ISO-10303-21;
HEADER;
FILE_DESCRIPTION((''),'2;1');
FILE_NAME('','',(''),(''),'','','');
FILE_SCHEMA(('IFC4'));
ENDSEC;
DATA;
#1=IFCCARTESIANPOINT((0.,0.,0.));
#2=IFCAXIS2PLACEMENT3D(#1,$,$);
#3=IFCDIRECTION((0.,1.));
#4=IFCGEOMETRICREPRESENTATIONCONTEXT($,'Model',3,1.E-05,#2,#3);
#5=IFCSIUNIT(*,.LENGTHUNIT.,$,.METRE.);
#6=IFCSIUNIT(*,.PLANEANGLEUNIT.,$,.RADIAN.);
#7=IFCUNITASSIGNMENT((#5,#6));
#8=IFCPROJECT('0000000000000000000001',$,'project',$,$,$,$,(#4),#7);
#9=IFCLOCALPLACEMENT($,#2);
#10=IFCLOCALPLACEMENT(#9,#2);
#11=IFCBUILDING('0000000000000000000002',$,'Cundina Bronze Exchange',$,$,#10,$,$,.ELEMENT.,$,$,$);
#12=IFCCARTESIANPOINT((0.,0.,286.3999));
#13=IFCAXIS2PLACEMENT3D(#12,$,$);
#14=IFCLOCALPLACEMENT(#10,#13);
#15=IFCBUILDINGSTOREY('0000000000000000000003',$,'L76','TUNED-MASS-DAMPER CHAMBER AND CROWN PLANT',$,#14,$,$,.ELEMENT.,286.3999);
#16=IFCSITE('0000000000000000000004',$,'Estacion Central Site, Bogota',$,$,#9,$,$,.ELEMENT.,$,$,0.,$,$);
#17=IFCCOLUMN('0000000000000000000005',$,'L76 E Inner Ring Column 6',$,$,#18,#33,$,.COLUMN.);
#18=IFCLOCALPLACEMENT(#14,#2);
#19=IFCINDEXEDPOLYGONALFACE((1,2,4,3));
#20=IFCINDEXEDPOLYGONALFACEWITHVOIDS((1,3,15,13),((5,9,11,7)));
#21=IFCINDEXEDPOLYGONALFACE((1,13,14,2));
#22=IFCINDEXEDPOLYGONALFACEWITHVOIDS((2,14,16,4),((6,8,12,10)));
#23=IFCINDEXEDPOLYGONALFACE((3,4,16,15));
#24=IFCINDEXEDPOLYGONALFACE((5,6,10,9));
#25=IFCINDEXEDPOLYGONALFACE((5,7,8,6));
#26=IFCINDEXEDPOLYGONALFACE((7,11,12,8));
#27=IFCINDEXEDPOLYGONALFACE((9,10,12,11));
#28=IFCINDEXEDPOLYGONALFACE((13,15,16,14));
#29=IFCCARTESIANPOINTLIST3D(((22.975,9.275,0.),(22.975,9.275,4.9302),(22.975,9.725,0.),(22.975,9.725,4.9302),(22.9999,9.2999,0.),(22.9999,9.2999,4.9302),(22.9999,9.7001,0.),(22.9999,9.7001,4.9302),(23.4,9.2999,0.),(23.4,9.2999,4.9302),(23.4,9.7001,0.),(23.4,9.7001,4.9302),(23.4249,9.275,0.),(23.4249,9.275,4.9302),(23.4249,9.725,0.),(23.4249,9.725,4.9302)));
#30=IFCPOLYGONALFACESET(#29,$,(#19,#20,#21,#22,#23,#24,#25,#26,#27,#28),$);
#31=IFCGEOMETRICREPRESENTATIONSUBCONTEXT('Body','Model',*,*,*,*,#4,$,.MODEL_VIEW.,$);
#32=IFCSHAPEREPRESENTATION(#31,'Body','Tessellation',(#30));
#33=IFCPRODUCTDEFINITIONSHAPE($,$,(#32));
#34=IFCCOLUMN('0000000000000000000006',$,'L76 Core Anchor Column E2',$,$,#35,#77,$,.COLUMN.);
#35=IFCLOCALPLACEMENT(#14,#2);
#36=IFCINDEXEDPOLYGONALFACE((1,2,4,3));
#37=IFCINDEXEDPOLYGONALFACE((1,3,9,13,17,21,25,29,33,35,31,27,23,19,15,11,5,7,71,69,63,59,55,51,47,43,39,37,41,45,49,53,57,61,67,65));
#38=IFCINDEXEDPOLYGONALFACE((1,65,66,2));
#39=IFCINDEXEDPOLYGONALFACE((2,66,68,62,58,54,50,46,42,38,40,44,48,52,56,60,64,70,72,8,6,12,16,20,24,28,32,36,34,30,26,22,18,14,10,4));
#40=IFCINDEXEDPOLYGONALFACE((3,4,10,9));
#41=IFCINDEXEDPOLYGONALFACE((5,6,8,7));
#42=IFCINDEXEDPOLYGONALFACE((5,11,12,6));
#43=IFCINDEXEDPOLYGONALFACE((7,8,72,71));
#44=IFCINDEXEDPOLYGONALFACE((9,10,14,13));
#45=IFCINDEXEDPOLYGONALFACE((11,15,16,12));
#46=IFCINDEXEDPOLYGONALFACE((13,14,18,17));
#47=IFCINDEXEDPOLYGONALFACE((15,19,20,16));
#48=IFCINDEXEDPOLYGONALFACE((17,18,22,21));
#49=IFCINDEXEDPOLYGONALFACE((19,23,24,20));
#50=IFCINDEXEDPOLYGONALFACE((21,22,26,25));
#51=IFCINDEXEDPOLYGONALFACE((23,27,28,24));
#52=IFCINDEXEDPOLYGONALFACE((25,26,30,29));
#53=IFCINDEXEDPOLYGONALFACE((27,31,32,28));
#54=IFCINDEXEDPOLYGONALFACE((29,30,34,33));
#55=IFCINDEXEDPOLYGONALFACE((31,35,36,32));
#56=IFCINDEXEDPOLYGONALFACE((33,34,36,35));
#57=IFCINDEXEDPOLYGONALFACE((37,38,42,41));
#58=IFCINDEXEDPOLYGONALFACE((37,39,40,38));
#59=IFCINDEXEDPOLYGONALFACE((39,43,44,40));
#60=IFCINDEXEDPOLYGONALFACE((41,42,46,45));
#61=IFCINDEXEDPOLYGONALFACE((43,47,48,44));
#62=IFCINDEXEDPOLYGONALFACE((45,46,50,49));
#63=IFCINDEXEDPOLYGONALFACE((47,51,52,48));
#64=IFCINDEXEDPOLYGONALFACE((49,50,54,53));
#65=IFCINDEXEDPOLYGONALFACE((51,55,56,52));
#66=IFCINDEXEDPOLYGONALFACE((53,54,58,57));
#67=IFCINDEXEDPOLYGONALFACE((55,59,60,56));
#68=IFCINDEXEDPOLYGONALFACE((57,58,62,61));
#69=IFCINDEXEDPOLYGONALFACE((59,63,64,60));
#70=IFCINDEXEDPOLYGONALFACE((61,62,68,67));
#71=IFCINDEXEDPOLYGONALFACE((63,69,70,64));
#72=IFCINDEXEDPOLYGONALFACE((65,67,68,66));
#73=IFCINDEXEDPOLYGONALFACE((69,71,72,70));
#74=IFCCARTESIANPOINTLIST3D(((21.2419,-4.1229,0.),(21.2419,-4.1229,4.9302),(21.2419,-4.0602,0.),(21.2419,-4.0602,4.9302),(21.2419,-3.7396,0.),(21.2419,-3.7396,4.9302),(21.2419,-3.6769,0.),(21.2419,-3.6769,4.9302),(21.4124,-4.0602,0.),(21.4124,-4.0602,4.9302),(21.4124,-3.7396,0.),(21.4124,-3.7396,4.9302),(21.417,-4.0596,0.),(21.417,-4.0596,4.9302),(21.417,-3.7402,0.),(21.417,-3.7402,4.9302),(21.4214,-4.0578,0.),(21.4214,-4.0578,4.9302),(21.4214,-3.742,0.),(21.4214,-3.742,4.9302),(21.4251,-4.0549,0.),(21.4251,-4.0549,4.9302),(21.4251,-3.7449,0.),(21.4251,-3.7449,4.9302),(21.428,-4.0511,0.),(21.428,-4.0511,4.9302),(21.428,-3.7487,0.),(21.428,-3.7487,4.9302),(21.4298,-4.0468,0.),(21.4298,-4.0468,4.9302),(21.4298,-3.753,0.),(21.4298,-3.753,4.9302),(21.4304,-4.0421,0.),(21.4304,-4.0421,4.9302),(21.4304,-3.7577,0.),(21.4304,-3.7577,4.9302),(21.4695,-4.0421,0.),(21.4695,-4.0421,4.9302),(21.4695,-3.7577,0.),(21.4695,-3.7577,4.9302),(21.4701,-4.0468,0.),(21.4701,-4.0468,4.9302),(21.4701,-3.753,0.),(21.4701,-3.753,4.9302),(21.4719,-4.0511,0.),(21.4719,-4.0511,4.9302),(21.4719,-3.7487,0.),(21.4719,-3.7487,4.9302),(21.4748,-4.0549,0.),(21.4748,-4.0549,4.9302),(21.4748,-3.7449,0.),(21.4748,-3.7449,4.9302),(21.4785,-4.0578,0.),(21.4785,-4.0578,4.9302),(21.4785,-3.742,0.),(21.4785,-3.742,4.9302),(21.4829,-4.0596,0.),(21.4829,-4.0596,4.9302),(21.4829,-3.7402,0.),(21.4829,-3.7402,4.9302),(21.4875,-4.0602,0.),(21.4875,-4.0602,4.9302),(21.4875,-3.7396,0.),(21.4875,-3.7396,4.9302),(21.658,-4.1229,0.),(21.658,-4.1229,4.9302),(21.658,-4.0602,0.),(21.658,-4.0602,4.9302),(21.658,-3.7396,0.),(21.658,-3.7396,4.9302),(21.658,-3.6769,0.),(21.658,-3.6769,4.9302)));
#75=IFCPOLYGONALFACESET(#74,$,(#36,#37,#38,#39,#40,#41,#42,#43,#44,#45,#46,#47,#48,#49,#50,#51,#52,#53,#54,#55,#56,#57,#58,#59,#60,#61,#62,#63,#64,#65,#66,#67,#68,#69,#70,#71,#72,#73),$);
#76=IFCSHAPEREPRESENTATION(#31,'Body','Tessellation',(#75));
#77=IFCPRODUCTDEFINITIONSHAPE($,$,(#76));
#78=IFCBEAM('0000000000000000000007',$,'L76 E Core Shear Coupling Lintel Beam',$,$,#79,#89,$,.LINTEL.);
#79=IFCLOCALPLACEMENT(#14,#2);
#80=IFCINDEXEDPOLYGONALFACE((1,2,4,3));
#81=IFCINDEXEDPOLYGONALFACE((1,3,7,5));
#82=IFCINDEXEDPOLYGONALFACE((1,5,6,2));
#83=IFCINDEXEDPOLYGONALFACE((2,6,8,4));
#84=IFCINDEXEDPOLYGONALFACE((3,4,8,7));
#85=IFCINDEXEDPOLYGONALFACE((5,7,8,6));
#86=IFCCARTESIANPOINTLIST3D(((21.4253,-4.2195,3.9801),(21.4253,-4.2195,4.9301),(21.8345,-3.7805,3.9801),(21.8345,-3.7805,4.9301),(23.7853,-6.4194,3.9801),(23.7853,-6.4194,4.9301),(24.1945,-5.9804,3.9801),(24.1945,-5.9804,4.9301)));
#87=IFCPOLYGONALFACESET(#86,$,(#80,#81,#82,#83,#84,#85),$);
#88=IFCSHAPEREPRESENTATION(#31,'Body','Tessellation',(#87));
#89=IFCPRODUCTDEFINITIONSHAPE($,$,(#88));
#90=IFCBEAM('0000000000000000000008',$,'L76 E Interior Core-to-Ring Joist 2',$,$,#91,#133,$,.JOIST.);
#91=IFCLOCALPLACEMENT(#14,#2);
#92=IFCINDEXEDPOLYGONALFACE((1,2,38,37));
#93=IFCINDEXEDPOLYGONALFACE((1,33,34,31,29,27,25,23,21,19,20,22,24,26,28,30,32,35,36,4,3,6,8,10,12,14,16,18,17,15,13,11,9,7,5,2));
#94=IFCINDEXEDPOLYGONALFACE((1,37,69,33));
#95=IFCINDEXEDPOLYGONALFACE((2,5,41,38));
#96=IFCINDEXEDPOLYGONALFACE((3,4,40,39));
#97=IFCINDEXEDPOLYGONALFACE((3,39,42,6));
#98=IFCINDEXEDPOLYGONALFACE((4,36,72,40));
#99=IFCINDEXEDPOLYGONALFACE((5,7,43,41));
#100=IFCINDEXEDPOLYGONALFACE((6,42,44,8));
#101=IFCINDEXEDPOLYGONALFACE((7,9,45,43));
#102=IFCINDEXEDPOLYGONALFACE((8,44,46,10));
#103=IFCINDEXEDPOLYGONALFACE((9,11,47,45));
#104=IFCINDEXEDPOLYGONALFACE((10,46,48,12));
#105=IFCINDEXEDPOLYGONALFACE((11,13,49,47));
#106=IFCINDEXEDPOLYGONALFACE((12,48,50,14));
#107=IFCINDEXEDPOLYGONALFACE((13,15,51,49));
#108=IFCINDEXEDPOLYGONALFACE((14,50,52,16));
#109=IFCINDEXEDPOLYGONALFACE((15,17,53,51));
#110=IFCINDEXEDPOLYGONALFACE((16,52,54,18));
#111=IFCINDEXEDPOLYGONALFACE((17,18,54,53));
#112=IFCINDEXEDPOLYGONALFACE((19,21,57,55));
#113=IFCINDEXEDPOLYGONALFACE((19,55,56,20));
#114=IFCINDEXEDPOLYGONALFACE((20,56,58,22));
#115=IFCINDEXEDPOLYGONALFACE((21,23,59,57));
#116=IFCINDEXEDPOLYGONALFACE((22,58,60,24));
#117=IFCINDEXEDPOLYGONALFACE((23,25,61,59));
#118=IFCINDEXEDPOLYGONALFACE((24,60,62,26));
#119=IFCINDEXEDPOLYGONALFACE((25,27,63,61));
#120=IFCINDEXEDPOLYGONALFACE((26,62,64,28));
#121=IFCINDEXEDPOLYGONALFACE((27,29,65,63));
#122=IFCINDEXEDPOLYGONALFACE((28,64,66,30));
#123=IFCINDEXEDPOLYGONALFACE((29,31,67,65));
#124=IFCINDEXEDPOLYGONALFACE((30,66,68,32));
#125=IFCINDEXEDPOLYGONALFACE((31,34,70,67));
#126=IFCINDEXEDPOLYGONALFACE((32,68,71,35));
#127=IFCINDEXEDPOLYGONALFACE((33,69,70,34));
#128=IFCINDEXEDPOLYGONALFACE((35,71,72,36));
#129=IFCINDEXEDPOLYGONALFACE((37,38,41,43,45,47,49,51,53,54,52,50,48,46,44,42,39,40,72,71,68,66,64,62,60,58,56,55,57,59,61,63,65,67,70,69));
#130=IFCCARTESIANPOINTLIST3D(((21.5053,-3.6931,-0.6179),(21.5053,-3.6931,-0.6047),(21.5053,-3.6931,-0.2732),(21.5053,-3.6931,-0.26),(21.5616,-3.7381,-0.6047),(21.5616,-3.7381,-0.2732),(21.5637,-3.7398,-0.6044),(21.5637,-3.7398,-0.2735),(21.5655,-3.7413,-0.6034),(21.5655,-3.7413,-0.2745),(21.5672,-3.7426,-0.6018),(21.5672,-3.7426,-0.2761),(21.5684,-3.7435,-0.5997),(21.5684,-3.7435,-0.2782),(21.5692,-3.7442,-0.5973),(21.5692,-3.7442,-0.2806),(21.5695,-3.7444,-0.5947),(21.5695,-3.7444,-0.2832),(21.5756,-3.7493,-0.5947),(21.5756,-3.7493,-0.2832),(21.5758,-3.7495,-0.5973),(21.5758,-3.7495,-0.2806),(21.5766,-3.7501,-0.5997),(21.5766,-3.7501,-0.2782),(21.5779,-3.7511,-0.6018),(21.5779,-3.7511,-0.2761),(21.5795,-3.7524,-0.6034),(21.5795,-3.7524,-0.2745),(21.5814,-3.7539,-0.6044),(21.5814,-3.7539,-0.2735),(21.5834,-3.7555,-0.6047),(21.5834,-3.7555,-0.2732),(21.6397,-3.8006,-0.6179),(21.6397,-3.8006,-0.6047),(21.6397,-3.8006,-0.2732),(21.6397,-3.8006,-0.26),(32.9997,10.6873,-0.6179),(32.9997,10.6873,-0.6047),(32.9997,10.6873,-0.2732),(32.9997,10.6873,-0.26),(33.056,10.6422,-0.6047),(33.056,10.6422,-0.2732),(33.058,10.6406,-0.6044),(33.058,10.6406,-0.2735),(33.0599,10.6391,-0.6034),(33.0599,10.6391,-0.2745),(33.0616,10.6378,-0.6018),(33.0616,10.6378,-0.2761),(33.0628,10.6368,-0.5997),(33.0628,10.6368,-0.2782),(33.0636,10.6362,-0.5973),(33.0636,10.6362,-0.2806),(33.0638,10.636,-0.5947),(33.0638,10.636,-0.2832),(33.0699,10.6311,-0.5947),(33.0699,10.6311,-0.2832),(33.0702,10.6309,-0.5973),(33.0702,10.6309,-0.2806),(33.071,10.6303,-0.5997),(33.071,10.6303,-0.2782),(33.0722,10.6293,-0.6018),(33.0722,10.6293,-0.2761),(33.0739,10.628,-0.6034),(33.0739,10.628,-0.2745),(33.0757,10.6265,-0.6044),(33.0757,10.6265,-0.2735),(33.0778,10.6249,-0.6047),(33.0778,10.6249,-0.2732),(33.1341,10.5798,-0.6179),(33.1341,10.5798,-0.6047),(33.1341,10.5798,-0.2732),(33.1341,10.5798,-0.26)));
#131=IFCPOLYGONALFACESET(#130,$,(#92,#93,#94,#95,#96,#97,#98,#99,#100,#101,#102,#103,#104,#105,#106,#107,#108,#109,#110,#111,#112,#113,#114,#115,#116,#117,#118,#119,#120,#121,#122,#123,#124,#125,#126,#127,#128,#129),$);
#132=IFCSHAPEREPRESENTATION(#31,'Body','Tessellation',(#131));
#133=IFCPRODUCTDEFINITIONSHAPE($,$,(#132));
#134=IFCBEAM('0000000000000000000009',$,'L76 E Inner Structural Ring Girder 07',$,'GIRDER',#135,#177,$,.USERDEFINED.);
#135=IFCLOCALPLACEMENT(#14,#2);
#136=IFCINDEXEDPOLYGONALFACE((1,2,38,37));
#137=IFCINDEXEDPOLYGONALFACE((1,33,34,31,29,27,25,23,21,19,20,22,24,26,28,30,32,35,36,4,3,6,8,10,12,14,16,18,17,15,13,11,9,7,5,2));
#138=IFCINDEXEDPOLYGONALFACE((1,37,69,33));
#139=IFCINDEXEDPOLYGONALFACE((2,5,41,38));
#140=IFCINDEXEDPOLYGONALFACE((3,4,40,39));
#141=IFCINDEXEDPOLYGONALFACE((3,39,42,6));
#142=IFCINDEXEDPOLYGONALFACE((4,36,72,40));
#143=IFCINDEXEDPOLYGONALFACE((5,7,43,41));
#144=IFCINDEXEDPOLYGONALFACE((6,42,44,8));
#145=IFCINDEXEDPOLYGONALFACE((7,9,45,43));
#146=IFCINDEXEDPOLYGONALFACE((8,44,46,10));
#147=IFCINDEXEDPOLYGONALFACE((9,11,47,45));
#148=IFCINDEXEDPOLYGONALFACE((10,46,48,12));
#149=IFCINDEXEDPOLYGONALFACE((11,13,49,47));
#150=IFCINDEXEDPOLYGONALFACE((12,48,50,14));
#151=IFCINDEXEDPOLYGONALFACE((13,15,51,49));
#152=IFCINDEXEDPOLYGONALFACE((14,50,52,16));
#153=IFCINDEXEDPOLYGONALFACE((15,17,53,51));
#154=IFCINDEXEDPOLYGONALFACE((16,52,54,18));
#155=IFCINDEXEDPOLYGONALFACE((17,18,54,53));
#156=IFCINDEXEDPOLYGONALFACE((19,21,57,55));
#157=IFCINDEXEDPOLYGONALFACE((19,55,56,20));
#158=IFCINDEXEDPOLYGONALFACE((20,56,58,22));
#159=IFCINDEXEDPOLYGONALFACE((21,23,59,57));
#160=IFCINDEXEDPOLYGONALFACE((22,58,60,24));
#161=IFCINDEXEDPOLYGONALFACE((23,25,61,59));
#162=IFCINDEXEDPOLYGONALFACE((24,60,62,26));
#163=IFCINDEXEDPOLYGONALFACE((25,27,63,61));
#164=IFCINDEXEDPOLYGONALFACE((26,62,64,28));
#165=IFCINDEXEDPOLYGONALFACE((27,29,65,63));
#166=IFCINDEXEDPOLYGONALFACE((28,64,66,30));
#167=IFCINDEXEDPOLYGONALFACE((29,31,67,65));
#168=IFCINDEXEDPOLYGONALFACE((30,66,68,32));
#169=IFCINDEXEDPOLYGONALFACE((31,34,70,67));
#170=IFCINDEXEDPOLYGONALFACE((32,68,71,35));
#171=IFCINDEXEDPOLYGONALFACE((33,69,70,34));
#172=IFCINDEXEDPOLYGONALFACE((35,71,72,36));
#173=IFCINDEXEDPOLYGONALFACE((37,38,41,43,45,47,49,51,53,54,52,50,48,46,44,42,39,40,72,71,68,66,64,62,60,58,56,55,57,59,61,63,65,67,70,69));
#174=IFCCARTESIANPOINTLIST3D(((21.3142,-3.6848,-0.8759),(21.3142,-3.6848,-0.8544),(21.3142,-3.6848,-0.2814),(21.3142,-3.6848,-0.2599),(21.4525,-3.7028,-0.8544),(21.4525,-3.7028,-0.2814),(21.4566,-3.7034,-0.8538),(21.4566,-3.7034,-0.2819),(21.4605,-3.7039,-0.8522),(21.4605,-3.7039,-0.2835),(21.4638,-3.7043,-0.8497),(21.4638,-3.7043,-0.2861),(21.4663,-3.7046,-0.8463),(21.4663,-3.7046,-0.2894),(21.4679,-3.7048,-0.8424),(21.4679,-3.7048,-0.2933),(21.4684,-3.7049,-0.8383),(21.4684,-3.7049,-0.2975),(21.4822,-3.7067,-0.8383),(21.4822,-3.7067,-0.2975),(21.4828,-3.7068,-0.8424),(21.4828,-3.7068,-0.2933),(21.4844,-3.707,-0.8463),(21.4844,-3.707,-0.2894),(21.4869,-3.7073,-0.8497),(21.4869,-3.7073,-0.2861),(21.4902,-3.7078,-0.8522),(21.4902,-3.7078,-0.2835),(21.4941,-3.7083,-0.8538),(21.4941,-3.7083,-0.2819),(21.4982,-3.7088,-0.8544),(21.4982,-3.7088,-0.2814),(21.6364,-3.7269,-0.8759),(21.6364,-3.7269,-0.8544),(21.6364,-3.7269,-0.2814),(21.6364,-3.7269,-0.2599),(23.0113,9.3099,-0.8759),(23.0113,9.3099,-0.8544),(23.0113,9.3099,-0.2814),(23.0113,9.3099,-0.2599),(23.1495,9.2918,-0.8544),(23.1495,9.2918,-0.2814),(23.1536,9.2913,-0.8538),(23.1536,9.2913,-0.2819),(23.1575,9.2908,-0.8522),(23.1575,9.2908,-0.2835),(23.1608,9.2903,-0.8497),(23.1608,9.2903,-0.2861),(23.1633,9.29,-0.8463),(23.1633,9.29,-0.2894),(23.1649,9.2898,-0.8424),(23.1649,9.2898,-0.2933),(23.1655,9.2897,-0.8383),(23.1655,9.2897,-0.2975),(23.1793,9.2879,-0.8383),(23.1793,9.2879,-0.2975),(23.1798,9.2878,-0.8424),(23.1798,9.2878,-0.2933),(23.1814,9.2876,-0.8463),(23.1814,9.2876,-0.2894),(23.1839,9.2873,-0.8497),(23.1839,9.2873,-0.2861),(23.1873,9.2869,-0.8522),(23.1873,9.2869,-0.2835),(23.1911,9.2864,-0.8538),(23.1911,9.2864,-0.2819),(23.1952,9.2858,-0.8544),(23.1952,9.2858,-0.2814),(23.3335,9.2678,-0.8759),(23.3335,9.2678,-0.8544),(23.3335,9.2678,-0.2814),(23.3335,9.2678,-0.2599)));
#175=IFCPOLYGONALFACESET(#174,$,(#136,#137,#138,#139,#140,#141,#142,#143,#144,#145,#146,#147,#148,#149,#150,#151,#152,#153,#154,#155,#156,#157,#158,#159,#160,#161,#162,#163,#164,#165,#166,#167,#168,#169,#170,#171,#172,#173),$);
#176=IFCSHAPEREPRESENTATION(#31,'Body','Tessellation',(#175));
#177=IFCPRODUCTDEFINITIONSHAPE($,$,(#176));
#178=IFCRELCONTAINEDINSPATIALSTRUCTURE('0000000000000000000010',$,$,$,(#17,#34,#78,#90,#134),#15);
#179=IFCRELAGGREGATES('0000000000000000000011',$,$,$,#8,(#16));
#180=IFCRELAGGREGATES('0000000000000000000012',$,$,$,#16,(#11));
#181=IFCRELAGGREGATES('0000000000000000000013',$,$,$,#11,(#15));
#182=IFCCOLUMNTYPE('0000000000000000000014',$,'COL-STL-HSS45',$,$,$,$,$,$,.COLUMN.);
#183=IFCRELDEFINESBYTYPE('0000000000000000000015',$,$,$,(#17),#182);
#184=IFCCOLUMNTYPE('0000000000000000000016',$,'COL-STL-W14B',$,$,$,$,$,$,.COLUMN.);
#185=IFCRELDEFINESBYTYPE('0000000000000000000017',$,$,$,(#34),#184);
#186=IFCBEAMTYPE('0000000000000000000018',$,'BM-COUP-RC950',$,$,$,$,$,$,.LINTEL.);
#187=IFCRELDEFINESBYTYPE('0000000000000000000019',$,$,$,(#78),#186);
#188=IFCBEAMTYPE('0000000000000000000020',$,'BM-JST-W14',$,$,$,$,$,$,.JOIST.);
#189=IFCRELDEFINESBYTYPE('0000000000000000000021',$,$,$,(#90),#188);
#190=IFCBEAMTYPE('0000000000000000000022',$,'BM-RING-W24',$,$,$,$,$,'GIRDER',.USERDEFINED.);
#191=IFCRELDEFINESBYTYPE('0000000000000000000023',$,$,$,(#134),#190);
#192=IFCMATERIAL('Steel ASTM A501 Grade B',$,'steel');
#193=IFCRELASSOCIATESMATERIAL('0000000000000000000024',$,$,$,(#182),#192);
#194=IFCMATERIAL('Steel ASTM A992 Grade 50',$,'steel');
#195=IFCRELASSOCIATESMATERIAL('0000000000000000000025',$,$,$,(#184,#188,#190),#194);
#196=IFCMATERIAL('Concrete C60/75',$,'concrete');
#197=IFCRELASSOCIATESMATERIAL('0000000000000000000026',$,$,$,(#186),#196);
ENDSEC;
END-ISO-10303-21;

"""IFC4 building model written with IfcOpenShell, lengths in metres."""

from ifc_helpers import new_model, si_unit, direction, frame, origin, origin_2d, place, context, subcontext, project, spatial, rectangle, hollow_rectangle, i_section, extrude, material, material_profile, profile_set, type_object, element, save


model = new_model("IFC4")

# Units and contexts
model_context = context("Model", 3, precision=1e-05, world=origin(), true_north=direction((0.0, 1.0)))
body_context = subcontext(model_context, "Body", "Model", "MODEL_VIEW")
ifc_project = project(units=[si_unit("LENGTHUNIT", "METRE"), si_unit("PLANEANGLEUNIT", "RADIAN")], contexts=[model_context])

# Site, building, storey
site_placement = place(None, origin())
site = spatial("IfcSite", under=ifc_project, at=site_placement, Name="Estacion Central Site, Bogota", CompositionType="ELEMENT", RefElevation=0.0)
building_placement = place(site_placement, origin())
building = spatial("IfcBuilding", under=site, at=building_placement, Name="Cundina Bronze Exchange", CompositionType="ELEMENT")
storey_placement = place(building_placement, frame((0.0, 0.0, 286.3999)))
storey = spatial("IfcBuildingStorey", under=building, at=storey_placement, Name="L76", Description="TUNED-MASS-DAMPER CHAMBER AND CROWN PLANT", CompositionType="ELEMENT", Elevation=286.3999)

# Columns
ifc_material_1 = material(Name="Steel ASTM A501 Grade B", Category="steel")
ifc_material_profile_1 = material_profile(ifc_material_1, hollow_rectangle(XDim=0.45, YDim=0.45, WallThickness=0.0249, at=origin_2d()), Name="HSS450X450X25", Category="steel")
ifc_profile_set_1 = profile_set([ifc_material_profile_1], Name="Steel ASTM A501 Grade B")
column_type_1 = type_object("IfcColumnType", Name="COL-STL-HSS45", PredefinedType="COLUMN", material=ifc_profile_set_1)
column_1_placement = place(storey_placement, frame((23.2, 9.5, 0.0), z_axis=(0.0, 0.0, 1.0), x_axis=(1.0, 0.0, 0.0)))
element("IfcColumn", 1, at=column_1_placement, inside=storey, type_object=column_type_1, Name="L76 E Inner Ring Column 6", PredefinedType="COLUMN", context=body_context, shape_type="SweptSolid", body=[
    extrude(hollow_rectangle(XDim=0.45, YDim=0.45, WallThickness=0.0249, at=origin_2d()), origin(), (0.0, 0.0, 1.0), 4.9302),
])
ifc_material_2 = material(Name="Steel ASTM A992 Grade 50", Category="steel")
ifc_material_profile_2 = material_profile(ifc_material_2, i_section(OverallWidth=0.416, OverallDepth=0.446, WebThickness=0.0391, FlangeThickness=0.0627, FilletRadius=0.0181, at=origin_2d()), Name="W14X342", Category="steel")
ifc_profile_set_2 = profile_set([ifc_material_profile_2], Name="Steel ASTM A992 Grade 50")
column_type_2 = type_object("IfcColumnType", Name="COL-STL-W14B", PredefinedType="COLUMN", material=ifc_profile_set_2)
column_2_placement = place(storey_placement, frame((21.45, -3.8999, 0.0), z_axis=(0.0, 0.0, 1.0), x_axis=(1.0, 0.0, 0.0)))
element("IfcColumn", 2, at=column_2_placement, inside=storey, type_object=column_type_2, Name="L76 Core Anchor Column E2", PredefinedType="COLUMN", context=body_context, shape_type="SweptSolid", body=[
    extrude(i_section(OverallWidth=0.416, OverallDepth=0.446, WebThickness=0.0391, FlangeThickness=0.0627, FilletRadius=0.0181, at=origin_2d()), origin(), (0.0, 0.0, 1.0), 4.9302),
])

# Beams
ifc_material_3 = material(Name="Concrete C60/75", Category="concrete")
ifc_material_profile_3 = material_profile(ifc_material_3, rectangle(XDim=0.6001, YDim=0.95, at=origin_2d()), Name="RC600X950", Category="concrete")
ifc_profile_set_3 = profile_set([ifc_material_profile_3], Name="Concrete C60/75")
beam_type_1 = type_object("IfcBeamType", Name="BM-COUP-RC950", PredefinedType="LINTEL", material=ifc_profile_set_3)
beam_1_placement = place(storey_placement, frame((21.6299, -4.0, 4.4551), z_axis=(0.73149, -0.681852, 0.0), x_axis=(0.681852, 0.73149, 0.0)))
element("IfcBeam", 3, at=beam_1_placement, inside=storey, type_object=beam_type_1, Name="L76 E Core Shear Coupling Lintel Beam", PredefinedType="LINTEL", context=body_context, shape_type="SweptSolid", body=[
    extrude(rectangle(XDim=0.6001, YDim=0.95, at=origin_2d()), origin(), (0.0, 0.0, 1.0), 3.2263),
])
ifc_material_profile_4 = material_profile(ifc_material_2, i_section(OverallWidth=0.1721, OverallDepth=0.3579, WebThickness=0.0078, FlangeThickness=0.0132, FilletRadius=0.01, at=origin_2d()), Name="W14X38", Category="steel")
ifc_profile_set_4 = profile_set([ifc_material_profile_4], Name="Steel ASTM A992 Grade 50")
beam_type_2 = type_object("IfcBeamType", Name="BM-JST-W14", PredefinedType="JOIST", material=ifc_profile_set_4)
beam_2_placement = place(storey_placement, frame((21.5725, -3.7468, -0.439), z_axis=(0.624367, 0.781131, 0.0), x_axis=(-0.781131, 0.624367, 0.0)))
element("IfcBeam", 4, at=beam_2_placement, inside=storey, type_object=beam_type_2, Name="L76 E Interior Core-to-Ring Joist 2", PredefinedType="JOIST", context=body_context, shape_type="SweptSolid", body=[
    extrude(i_section(OverallWidth=0.1721, OverallDepth=0.3579, WebThickness=0.0078, FlangeThickness=0.0132, FilletRadius=0.01, at=origin_2d()), origin(), (0.0, 0.0, 1.0), 18.4097),
])
ifc_material_profile_5 = material_profile(ifc_material_2, i_section(OverallWidth=0.325, OverallDepth=0.616, WebThickness=0.0139, FlangeThickness=0.0215, FilletRadius=0.0161, at=origin_2d()), Name="W24X117", Category="steel")
ifc_profile_set_5 = profile_set([ifc_material_profile_5], Name="Steel ASTM A992 Grade 50")
beam_type_3 = type_object("IfcBeamType", Name="BM-RING-W24", ElementType="GIRDER", PredefinedType="USERDEFINED", material=ifc_profile_set_5)
beam_3_placement = place(storey_placement, frame((23.1724, 9.2888, -0.5679), z_axis=(-0.129494, -0.99158, 0.0), x_axis=(0.99158, -0.129494, 0.0)))
element("IfcBeam", 5, at=beam_3_placement, inside=storey, type_object=beam_type_3, Name="L76 E Inner Structural Ring Girder 07", ObjectType="GIRDER", PredefinedType="USERDEFINED", context=body_context, shape_type="SweptSolid", body=[
    extrude(i_section(OverallWidth=0.325, OverallDepth=0.616, WebThickness=0.0139, FlangeThickness=0.0215, FilletRadius=0.0161, at=origin_2d()), origin(), (0.0, 0.0, 1.0), 13.105),
])

save(model, "model.ifc")
